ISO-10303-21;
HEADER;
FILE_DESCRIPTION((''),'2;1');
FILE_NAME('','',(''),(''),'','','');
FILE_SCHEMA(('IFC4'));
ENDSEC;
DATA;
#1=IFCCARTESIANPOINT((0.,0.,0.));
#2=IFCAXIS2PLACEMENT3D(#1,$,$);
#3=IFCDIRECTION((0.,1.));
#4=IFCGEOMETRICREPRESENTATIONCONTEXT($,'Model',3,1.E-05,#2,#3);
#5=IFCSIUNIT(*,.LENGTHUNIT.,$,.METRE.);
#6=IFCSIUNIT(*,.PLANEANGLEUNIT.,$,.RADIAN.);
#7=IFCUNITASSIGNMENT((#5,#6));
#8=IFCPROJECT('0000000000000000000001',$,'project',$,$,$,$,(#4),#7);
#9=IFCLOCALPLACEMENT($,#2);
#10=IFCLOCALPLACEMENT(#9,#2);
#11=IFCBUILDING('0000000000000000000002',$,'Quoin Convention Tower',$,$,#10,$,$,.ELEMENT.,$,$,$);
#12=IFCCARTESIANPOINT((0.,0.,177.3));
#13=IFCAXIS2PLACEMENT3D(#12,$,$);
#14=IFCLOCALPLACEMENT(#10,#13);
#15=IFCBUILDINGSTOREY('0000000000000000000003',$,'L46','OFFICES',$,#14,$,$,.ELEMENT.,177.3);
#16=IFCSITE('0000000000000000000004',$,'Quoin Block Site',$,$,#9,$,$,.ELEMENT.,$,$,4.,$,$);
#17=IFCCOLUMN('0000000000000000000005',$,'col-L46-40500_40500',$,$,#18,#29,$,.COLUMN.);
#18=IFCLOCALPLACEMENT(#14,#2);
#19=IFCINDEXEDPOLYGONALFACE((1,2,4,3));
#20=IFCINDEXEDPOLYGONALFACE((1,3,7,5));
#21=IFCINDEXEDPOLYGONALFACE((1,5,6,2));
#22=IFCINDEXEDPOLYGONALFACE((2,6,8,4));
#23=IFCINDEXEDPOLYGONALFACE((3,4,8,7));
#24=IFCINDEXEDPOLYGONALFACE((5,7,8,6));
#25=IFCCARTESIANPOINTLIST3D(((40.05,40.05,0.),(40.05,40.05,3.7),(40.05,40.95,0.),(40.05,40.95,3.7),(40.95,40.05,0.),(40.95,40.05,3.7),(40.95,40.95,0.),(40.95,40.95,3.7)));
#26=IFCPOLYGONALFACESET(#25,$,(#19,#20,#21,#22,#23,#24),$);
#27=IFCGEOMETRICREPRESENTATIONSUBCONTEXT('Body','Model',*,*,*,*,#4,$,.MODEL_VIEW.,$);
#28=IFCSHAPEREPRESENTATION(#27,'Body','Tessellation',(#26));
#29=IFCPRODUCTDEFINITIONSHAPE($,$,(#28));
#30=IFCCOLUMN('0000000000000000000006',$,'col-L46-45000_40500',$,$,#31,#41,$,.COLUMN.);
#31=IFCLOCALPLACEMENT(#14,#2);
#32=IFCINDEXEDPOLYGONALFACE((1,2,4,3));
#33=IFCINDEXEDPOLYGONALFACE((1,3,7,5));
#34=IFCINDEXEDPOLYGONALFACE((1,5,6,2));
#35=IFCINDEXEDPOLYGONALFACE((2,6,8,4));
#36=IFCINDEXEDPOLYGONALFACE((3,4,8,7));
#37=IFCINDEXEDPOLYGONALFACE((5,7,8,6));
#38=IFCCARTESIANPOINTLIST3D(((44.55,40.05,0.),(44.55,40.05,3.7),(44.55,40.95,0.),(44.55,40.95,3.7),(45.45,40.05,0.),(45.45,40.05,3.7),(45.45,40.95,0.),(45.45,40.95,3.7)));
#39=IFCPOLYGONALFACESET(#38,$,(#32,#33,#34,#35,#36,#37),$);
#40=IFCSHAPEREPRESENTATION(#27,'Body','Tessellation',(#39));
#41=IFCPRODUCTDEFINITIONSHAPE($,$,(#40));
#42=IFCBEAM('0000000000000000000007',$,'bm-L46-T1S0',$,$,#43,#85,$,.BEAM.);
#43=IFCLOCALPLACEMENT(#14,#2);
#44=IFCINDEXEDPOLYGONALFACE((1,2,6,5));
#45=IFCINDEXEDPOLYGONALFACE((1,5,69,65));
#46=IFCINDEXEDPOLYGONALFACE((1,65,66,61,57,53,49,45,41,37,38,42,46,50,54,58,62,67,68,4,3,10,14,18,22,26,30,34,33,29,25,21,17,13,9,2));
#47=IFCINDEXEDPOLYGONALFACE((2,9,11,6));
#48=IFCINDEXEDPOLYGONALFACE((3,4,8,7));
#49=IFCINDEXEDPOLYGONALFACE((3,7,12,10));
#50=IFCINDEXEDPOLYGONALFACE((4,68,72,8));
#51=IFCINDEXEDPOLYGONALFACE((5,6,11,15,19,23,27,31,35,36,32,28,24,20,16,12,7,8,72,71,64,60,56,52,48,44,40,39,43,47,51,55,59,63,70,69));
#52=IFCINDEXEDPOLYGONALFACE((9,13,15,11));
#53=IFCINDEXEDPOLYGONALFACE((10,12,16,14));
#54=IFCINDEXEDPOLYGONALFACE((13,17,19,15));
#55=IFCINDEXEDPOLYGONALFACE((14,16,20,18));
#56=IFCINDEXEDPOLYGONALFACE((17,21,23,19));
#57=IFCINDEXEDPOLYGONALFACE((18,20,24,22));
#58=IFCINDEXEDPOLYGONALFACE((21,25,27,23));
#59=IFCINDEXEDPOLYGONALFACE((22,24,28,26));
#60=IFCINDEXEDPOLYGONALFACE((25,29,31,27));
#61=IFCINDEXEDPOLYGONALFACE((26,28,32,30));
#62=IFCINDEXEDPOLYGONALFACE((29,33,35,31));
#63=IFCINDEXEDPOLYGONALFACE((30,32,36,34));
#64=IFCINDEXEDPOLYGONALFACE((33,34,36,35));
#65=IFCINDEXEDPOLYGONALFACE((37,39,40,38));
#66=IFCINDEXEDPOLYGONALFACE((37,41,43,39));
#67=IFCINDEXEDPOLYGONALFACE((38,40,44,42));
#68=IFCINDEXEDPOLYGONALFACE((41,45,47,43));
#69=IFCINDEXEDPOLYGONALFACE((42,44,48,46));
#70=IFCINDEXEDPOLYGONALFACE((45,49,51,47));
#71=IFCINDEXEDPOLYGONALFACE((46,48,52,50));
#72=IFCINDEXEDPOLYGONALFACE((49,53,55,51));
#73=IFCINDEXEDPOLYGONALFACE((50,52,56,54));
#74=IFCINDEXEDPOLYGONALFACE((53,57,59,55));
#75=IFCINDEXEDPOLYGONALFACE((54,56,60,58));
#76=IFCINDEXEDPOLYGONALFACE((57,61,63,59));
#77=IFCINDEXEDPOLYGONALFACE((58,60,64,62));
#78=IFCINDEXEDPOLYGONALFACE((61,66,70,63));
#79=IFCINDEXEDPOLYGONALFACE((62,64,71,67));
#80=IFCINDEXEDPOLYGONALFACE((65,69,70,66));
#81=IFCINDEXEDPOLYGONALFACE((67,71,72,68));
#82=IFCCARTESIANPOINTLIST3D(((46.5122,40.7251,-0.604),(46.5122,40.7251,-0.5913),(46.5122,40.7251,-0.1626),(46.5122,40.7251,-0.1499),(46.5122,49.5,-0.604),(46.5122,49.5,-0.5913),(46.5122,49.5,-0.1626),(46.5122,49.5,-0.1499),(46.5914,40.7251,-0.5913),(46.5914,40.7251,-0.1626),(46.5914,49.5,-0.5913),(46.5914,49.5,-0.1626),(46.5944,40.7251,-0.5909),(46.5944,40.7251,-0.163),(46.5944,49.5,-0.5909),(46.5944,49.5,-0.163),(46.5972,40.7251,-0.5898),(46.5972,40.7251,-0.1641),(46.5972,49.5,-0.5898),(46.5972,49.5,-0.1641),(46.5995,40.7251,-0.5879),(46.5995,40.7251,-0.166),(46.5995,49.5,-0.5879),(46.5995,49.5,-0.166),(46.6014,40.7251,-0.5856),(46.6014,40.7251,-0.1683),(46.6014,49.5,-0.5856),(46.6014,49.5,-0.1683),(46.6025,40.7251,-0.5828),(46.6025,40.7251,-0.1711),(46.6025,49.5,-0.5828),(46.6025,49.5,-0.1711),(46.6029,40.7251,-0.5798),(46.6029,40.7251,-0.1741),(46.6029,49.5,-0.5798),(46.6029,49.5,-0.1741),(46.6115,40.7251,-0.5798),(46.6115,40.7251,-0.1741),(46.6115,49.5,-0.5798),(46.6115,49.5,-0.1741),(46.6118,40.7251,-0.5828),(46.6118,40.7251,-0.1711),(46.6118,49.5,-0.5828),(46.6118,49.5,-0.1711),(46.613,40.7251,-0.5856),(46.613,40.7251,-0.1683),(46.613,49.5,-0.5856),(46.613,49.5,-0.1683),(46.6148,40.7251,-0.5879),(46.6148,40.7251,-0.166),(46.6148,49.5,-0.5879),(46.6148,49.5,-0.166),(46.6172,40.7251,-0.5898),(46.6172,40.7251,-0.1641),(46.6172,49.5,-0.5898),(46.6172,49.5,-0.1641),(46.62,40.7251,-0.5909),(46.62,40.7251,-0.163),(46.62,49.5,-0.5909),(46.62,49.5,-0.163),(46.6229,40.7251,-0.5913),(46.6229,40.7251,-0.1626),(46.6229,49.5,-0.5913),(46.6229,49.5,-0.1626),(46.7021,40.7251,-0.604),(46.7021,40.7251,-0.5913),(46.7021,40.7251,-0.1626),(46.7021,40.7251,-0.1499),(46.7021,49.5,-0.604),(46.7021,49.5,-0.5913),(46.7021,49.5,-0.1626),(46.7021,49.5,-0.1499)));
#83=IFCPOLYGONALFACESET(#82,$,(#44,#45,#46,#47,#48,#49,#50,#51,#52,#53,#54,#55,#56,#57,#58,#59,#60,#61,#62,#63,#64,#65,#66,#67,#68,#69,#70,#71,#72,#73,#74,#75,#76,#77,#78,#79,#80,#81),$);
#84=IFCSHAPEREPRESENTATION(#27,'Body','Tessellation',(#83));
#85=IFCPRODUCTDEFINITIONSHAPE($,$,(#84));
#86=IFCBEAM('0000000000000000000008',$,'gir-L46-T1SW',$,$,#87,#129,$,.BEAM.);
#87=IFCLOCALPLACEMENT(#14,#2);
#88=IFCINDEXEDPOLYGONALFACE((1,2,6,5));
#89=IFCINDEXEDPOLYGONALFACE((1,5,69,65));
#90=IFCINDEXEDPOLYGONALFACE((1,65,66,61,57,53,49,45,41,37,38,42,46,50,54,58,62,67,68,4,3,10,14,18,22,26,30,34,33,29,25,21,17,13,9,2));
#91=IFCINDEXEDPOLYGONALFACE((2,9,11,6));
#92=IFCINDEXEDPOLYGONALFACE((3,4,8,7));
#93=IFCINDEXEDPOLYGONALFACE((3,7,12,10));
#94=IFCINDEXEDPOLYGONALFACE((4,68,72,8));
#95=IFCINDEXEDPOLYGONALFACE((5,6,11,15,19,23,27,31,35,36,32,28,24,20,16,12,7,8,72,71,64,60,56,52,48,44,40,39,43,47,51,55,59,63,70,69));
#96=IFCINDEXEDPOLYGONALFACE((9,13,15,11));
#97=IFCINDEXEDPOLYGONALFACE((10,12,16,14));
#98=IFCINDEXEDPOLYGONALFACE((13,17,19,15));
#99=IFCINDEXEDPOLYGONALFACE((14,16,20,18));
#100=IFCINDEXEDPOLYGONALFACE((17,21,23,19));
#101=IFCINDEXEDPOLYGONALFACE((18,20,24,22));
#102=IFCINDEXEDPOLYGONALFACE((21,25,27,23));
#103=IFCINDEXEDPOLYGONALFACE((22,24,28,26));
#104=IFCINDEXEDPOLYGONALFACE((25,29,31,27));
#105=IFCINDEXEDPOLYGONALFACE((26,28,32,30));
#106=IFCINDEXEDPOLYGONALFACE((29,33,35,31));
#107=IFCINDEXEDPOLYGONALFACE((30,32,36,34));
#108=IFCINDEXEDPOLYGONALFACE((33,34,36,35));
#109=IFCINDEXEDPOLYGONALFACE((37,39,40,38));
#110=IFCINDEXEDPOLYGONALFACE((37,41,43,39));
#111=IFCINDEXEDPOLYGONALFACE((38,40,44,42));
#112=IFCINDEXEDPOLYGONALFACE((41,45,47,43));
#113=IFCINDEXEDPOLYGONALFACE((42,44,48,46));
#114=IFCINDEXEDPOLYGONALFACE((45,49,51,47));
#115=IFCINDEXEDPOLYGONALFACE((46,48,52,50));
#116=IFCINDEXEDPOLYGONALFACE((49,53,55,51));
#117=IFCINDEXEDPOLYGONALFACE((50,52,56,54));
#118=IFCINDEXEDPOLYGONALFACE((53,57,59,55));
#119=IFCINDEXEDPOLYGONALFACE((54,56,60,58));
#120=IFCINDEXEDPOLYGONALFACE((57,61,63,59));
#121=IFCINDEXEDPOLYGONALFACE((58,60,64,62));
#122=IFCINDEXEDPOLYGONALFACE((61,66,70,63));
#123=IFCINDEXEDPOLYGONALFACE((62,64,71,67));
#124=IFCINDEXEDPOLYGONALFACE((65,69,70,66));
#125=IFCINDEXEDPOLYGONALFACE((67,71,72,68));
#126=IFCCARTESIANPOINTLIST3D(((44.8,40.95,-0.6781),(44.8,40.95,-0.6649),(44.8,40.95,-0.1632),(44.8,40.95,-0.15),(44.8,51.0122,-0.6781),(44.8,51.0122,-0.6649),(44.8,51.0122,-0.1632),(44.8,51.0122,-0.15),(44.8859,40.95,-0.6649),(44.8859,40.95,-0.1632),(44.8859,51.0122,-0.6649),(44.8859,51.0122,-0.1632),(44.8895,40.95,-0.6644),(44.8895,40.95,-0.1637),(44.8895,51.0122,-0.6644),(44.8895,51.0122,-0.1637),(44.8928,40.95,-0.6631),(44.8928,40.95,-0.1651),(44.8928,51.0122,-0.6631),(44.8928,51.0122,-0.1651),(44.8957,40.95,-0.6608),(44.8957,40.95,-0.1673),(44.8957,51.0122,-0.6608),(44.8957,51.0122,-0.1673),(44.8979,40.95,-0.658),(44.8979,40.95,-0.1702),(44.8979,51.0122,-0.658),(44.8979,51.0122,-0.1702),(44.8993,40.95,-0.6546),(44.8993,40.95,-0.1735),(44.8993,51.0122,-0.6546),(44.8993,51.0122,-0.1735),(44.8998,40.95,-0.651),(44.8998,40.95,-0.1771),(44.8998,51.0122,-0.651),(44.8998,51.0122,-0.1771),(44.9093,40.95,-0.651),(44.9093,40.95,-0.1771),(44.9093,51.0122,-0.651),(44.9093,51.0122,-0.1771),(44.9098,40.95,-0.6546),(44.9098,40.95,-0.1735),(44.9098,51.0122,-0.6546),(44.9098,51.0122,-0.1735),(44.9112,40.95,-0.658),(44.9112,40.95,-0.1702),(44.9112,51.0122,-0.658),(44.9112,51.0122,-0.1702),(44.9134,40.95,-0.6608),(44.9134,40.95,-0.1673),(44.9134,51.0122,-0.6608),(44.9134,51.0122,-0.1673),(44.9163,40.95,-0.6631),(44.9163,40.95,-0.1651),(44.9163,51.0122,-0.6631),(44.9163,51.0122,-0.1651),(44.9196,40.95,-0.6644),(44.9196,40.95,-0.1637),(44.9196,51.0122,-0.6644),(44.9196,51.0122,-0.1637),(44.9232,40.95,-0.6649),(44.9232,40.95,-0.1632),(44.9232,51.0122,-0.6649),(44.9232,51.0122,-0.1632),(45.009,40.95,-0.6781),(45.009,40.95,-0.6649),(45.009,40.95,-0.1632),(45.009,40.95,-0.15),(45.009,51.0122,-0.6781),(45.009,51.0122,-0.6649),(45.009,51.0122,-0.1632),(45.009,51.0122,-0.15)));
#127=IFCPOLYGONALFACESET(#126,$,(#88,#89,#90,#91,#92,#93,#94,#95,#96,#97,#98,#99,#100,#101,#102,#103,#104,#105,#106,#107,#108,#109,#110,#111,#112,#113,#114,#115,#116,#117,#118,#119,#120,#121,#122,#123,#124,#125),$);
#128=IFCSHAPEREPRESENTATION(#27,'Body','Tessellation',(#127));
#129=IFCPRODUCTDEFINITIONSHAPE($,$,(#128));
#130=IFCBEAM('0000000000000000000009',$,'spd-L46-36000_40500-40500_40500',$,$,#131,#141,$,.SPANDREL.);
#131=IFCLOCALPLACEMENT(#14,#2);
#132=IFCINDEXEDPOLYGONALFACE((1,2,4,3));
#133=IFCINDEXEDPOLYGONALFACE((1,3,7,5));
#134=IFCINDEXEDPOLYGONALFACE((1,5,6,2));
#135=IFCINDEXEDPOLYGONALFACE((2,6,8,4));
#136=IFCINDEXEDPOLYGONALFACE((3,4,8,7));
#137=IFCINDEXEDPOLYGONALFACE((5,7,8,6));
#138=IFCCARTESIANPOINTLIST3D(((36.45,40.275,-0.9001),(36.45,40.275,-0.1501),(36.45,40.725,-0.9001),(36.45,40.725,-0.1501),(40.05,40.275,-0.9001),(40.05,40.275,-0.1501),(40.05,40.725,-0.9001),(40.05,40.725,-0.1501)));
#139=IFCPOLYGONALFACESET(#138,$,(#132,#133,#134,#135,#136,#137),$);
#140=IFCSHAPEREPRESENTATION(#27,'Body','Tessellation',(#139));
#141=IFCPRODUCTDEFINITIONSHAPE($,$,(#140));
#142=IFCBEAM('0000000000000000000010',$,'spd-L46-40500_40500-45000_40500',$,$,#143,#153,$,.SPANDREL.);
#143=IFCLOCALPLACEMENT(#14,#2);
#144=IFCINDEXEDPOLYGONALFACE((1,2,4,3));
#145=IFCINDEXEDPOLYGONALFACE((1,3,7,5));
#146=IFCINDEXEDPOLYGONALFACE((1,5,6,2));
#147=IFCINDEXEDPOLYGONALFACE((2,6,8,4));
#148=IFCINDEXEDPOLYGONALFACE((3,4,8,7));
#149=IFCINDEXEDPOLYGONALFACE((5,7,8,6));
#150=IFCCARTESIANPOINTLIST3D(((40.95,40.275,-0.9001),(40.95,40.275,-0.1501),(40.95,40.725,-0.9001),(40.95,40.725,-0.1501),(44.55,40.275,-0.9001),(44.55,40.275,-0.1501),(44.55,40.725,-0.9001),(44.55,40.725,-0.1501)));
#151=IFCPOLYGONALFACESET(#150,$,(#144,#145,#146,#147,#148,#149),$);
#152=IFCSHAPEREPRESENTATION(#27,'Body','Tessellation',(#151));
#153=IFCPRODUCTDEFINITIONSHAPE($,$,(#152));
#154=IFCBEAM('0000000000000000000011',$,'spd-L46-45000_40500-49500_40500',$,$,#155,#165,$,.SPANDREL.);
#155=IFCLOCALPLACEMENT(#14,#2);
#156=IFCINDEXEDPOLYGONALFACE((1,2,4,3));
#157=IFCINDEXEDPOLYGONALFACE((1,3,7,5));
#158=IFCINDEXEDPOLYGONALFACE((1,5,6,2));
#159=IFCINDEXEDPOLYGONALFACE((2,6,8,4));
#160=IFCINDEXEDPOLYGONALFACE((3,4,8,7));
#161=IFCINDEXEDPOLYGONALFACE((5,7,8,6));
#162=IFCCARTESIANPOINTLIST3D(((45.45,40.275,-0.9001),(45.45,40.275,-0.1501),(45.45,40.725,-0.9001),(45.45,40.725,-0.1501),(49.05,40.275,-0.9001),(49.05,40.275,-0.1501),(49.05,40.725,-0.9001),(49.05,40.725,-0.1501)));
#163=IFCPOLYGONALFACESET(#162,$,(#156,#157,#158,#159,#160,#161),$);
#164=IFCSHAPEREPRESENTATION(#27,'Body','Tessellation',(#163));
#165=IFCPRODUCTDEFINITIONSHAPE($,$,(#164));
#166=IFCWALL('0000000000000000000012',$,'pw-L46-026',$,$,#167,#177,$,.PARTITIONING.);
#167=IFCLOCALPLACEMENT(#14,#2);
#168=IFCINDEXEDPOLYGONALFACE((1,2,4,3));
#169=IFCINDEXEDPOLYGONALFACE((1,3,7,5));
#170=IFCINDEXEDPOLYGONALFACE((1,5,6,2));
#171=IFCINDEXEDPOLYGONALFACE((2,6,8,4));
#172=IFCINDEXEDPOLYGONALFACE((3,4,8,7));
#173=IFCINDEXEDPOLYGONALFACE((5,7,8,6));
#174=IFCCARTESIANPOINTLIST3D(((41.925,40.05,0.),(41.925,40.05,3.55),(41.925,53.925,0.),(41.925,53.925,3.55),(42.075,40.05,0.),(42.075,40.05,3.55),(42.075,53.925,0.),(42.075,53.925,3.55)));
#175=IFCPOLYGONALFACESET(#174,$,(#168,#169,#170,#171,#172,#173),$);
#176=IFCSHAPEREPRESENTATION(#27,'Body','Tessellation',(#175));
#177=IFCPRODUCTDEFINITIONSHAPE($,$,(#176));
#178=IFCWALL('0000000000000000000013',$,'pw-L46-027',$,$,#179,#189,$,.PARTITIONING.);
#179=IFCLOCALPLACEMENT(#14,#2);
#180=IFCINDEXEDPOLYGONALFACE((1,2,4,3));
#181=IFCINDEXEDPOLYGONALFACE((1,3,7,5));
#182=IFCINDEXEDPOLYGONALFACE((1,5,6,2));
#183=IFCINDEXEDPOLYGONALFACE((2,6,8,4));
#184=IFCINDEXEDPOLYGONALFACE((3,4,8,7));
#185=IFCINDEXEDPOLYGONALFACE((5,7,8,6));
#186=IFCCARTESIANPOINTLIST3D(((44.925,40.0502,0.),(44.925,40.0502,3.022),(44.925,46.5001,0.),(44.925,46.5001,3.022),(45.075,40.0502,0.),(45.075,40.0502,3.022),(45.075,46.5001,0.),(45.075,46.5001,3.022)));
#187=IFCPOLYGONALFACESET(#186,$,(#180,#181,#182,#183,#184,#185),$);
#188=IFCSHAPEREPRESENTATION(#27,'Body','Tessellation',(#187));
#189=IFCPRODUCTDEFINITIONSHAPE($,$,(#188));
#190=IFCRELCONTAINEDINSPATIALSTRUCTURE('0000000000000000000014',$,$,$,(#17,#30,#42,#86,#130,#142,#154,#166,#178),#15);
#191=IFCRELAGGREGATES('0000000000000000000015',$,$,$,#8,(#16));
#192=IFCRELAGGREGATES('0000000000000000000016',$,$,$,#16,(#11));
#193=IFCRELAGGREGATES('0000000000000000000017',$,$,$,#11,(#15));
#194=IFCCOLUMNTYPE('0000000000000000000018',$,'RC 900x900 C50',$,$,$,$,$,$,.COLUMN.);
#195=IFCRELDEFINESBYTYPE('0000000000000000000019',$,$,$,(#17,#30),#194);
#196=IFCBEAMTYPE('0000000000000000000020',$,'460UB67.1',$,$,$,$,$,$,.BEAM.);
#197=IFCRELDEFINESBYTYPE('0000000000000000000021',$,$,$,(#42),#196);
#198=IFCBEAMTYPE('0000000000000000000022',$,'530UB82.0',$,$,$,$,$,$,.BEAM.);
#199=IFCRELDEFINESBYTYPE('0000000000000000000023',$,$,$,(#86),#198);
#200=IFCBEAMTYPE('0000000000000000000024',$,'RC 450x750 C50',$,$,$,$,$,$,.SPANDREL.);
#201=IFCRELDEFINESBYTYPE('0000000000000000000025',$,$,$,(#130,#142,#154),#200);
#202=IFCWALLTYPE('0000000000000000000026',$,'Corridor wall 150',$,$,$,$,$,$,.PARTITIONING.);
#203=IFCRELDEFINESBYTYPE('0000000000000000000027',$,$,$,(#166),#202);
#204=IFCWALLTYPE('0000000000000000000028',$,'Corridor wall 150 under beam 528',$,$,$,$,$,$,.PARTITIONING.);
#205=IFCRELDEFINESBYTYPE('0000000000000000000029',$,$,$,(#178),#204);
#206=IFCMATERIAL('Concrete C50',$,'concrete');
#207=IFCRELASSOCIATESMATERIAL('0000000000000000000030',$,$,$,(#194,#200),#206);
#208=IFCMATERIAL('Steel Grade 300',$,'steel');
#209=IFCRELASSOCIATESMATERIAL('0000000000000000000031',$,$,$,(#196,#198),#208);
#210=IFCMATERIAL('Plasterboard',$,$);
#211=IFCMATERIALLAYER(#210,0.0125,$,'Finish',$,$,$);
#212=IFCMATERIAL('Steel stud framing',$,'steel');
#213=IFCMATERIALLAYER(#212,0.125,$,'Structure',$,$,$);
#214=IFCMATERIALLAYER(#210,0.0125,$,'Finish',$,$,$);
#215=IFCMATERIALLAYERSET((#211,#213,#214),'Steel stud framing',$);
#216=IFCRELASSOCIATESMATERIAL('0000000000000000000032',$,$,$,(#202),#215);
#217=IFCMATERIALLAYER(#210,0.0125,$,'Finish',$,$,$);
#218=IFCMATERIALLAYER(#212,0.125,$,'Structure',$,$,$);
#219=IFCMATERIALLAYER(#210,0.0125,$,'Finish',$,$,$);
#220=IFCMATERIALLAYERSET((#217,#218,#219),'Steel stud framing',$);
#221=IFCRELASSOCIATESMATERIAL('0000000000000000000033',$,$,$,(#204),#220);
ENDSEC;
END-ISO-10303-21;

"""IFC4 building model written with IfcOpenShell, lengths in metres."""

from ifc_helpers import new_model, si_unit, direction, frame, frame_2d, origin, origin_2d, place, context, subcontext, project, spatial, rectangle, i_section, extrude, material, layer, layer_set, material_profile, profile_set, type_object, element, save


model = new_model("IFC4")

# Units and contexts
model_context = context("Model", 3, precision=1e-05, world=origin(), true_north=direction((0.0, 1.0)))
body_context = subcontext(model_context, "Body", "Model", "MODEL_VIEW")
ifc_project = project(units=[si_unit("LENGTHUNIT", "METRE"), si_unit("PLANEANGLEUNIT", "RADIAN")], contexts=[model_context])

# Site, building, storey
site_placement = place(None, origin())
site = spatial("IfcSite", under=ifc_project, at=site_placement, Name="Quoin Block Site", CompositionType="ELEMENT", RefElevation=4.0)
building_placement = place(site_placement, origin())
building = spatial("IfcBuilding", under=site, at=building_placement, Name="Quoin Convention Tower", CompositionType="ELEMENT")
storey_placement = place(building_placement, frame((0.0, 0.0, 177.3)))
storey = spatial("IfcBuildingStorey", under=building, at=storey_placement, Name="L46", Description="OFFICES", CompositionType="ELEMENT", Elevation=177.3)

# Columns
ifc_material_1 = material(Name="Concrete C50", Category="concrete")
ifc_material_profile_1 = material_profile(ifc_material_1, rectangle(XDim=0.8999, YDim=0.8999, at=origin_2d()), Name="RC 900x900")
ifc_profile_set_1 = profile_set([ifc_material_profile_1], Name="Concrete C50")
column_type = type_object("IfcColumnType", Name="RC 900x900 C50", PredefinedType="COLUMN", material=ifc_profile_set_1)
for number, where, z_axis, x_axis, name in (
    (1, (40.5, 40.5, 0.0), (0.0, 0.0, 1.0), (1.0, 0.0, 0.0), "col-L46-40500_40500"),
    (2, (45.0, 40.5, 0.0), (0.0, 0.0, 1.0), (1.0, 0.0, 0.0), "col-L46-45000_40500"),
):
    element("IfcColumn", number, at=place(storey_placement, frame(where, z_axis=z_axis, x_axis=x_axis)), inside=storey, type_object=column_type, Name=name, PredefinedType="COLUMN", context=body_context, shape_type="SweptSolid", body=[
        extrude(rectangle(XDim=0.8999, YDim=0.8999, at=origin_2d()), origin(), (0.0, 0.0, 1.0), 3.7),
    ])

# Beams
ifc_material_2 = material(Name="Steel Grade 300", Category="steel")
ifc_material_profile_2 = material_profile(ifc_material_2, i_section(OverallWidth=0.1899, OverallDepth=0.4541, WebThickness=0.0085, FlangeThickness=0.0127, FilletRadius=0.0115, at=origin_2d()), Name="460UB67.1")
ifc_profile_set_2 = profile_set([ifc_material_profile_2], Name="Steel Grade 300")
beam_type_1 = type_object("IfcBeamType", Name="460UB67.1", PredefinedType="BEAM", material=ifc_profile_set_2)
beam_1_placement = place(storey_placement, frame((46.6072, 40.7251, -0.377), z_axis=(0.0, 1.0, 0.0), x_axis=(-1.0, 0.0, 0.0)))
element("IfcBeam", 3, at=beam_1_placement, inside=storey, type_object=beam_type_1, Name="bm-L46-T1S0", PredefinedType="BEAM", context=body_context, shape_type="SweptSolid", body=[
    extrude(i_section(OverallWidth=0.1899, OverallDepth=0.4541, WebThickness=0.0085, FlangeThickness=0.0127, FilletRadius=0.0115, at=origin_2d()), origin(), (0.0, 0.0, 1.0), 8.7749),
])
ifc_material_profile_3 = material_profile(ifc_material_2, i_section(OverallWidth=0.209, OverallDepth=0.5281, WebThickness=0.0095, FlangeThickness=0.0132, FilletRadius=0.0139, at=origin_2d()), Name="530UB82.0")
ifc_profile_set_3 = profile_set([ifc_material_profile_3], Name="Steel Grade 300")
beam_type_2 = type_object("IfcBeamType", Name="530UB82.0", PredefinedType="BEAM", material=ifc_profile_set_3)
beam_2_placement = place(storey_placement, frame((44.9045, 40.95, -0.4141), z_axis=(0.0, 1.0, 0.0), x_axis=(-1.0, 0.0, 0.0)))
element("IfcBeam", 4, at=beam_2_placement, inside=storey, type_object=beam_type_2, Name="gir-L46-T1SW", PredefinedType="BEAM", context=body_context, shape_type="SweptSolid", body=[
    extrude(i_section(OverallWidth=0.209, OverallDepth=0.5281, WebThickness=0.0095, FlangeThickness=0.0132, FilletRadius=0.0139, at=origin_2d()), origin(), (0.0, 0.0, 1.0), 10.0623),
])
ifc_material_profile_4 = material_profile(ifc_material_1, rectangle(XDim=0.45, YDim=0.75, at=origin_2d()), Name="RC 450x750")
ifc_profile_set_4 = profile_set([ifc_material_profile_4], Name="Concrete C50")
beam_type_3 = type_object("IfcBeamType", Name="RC 450x750 C50", PredefinedType="SPANDREL", material=ifc_profile_set_4)
for number, where, z_axis, x_axis, name in (
    (5, (36.45, 40.5, -0.5251), (1.0, 0.0, 0.0), (0.0, 1.0, 0.0), "spd-L46-36000_40500-40500_40500"),
    (6, (40.95, 40.5, -0.5251), (1.0, 0.0, 0.0), (0.0, 1.0, 0.0), "spd-L46-40500_40500-45000_40500"),
    (7, (45.45, 40.5, -0.5251), (1.0, 0.0, 0.0), (0.0, 1.0, 0.0), "spd-L46-45000_40500-49500_40500"),
):
    element("IfcBeam", number, at=place(storey_placement, frame(where, z_axis=z_axis, x_axis=x_axis)), inside=storey, type_object=beam_type_3, Name=name, PredefinedType="SPANDREL", context=body_context, shape_type="SweptSolid", body=[
        extrude(rectangle(XDim=0.45, YDim=0.75, at=origin_2d()), origin(), (0.0, 0.0, 1.0), 3.6001),
    ])

# Walls
ifc_material_3 = material(Name="Plasterboard")
ifc_layer_1 = layer(ifc_material_3, 0.0125, Name="Finish")
ifc_material_4 = material(Name="Steel stud framing", Category="steel")
ifc_layer_2 = layer(ifc_material_4, 0.125, Name="Structure")
ifc_layer_3 = layer(ifc_material_3, 0.0125, Name="Finish")
ifc_layer_set_1 = layer_set([ifc_layer_1, ifc_layer_2, ifc_layer_3], Name="Steel stud framing")
wall_type_1 = type_object("IfcWallType", Name="Corridor wall 150", PredefinedType="PARTITIONING", material=ifc_layer_set_1)
wall_1_placement = place(storey_placement, frame((42.0, 40.05, 0.0), z_axis=(0.0, 0.0, 1.0), x_axis=(0.0, 1.0, 0.0)))
element("IfcWall", 8, at=wall_1_placement, inside=storey, type_object=wall_type_1, Name="pw-L46-026", PredefinedType="PARTITIONING", context=body_context, shape_type="SweptSolid", body=[
    extrude(rectangle(XDim=13.875, YDim=0.1499, at=frame_2d((6.9375, 0.0))), origin(), (0.0, 0.0, 1.0), 3.55),
])
ifc_layer_4 = layer(ifc_material_3, 0.0125, Name="Finish")
ifc_layer_5 = layer(ifc_material_4, 0.125, Name="Structure")
ifc_layer_6 = layer(ifc_material_3, 0.0125, Name="Finish")
ifc_layer_set_2 = layer_set([ifc_layer_4, ifc_layer_5, ifc_layer_6], Name="Steel stud framing")
wall_type_2 = type_object("IfcWallType", Name="Corridor wall 150 under beam 528", PredefinedType="PARTITIONING", material=ifc_layer_set_2)
wall_2_placement = place(storey_placement, frame((45.0, 40.05, 0.0), z_axis=(0.0, 0.0, 1.0), x_axis=(0.0, 1.0, 0.0)))
element("IfcWall", 9, at=wall_2_placement, inside=storey, type_object=wall_type_2, Name="pw-L46-027", PredefinedType="PARTITIONING", context=body_context, shape_type="SweptSolid", body=[
    extrude(rectangle(XDim=6.45, YDim=0.1499, at=frame_2d((3.2251, 0.0))), origin(), (0.0, 0.0, 1.0), 3.022),
])

save(model, "model.ifc")
